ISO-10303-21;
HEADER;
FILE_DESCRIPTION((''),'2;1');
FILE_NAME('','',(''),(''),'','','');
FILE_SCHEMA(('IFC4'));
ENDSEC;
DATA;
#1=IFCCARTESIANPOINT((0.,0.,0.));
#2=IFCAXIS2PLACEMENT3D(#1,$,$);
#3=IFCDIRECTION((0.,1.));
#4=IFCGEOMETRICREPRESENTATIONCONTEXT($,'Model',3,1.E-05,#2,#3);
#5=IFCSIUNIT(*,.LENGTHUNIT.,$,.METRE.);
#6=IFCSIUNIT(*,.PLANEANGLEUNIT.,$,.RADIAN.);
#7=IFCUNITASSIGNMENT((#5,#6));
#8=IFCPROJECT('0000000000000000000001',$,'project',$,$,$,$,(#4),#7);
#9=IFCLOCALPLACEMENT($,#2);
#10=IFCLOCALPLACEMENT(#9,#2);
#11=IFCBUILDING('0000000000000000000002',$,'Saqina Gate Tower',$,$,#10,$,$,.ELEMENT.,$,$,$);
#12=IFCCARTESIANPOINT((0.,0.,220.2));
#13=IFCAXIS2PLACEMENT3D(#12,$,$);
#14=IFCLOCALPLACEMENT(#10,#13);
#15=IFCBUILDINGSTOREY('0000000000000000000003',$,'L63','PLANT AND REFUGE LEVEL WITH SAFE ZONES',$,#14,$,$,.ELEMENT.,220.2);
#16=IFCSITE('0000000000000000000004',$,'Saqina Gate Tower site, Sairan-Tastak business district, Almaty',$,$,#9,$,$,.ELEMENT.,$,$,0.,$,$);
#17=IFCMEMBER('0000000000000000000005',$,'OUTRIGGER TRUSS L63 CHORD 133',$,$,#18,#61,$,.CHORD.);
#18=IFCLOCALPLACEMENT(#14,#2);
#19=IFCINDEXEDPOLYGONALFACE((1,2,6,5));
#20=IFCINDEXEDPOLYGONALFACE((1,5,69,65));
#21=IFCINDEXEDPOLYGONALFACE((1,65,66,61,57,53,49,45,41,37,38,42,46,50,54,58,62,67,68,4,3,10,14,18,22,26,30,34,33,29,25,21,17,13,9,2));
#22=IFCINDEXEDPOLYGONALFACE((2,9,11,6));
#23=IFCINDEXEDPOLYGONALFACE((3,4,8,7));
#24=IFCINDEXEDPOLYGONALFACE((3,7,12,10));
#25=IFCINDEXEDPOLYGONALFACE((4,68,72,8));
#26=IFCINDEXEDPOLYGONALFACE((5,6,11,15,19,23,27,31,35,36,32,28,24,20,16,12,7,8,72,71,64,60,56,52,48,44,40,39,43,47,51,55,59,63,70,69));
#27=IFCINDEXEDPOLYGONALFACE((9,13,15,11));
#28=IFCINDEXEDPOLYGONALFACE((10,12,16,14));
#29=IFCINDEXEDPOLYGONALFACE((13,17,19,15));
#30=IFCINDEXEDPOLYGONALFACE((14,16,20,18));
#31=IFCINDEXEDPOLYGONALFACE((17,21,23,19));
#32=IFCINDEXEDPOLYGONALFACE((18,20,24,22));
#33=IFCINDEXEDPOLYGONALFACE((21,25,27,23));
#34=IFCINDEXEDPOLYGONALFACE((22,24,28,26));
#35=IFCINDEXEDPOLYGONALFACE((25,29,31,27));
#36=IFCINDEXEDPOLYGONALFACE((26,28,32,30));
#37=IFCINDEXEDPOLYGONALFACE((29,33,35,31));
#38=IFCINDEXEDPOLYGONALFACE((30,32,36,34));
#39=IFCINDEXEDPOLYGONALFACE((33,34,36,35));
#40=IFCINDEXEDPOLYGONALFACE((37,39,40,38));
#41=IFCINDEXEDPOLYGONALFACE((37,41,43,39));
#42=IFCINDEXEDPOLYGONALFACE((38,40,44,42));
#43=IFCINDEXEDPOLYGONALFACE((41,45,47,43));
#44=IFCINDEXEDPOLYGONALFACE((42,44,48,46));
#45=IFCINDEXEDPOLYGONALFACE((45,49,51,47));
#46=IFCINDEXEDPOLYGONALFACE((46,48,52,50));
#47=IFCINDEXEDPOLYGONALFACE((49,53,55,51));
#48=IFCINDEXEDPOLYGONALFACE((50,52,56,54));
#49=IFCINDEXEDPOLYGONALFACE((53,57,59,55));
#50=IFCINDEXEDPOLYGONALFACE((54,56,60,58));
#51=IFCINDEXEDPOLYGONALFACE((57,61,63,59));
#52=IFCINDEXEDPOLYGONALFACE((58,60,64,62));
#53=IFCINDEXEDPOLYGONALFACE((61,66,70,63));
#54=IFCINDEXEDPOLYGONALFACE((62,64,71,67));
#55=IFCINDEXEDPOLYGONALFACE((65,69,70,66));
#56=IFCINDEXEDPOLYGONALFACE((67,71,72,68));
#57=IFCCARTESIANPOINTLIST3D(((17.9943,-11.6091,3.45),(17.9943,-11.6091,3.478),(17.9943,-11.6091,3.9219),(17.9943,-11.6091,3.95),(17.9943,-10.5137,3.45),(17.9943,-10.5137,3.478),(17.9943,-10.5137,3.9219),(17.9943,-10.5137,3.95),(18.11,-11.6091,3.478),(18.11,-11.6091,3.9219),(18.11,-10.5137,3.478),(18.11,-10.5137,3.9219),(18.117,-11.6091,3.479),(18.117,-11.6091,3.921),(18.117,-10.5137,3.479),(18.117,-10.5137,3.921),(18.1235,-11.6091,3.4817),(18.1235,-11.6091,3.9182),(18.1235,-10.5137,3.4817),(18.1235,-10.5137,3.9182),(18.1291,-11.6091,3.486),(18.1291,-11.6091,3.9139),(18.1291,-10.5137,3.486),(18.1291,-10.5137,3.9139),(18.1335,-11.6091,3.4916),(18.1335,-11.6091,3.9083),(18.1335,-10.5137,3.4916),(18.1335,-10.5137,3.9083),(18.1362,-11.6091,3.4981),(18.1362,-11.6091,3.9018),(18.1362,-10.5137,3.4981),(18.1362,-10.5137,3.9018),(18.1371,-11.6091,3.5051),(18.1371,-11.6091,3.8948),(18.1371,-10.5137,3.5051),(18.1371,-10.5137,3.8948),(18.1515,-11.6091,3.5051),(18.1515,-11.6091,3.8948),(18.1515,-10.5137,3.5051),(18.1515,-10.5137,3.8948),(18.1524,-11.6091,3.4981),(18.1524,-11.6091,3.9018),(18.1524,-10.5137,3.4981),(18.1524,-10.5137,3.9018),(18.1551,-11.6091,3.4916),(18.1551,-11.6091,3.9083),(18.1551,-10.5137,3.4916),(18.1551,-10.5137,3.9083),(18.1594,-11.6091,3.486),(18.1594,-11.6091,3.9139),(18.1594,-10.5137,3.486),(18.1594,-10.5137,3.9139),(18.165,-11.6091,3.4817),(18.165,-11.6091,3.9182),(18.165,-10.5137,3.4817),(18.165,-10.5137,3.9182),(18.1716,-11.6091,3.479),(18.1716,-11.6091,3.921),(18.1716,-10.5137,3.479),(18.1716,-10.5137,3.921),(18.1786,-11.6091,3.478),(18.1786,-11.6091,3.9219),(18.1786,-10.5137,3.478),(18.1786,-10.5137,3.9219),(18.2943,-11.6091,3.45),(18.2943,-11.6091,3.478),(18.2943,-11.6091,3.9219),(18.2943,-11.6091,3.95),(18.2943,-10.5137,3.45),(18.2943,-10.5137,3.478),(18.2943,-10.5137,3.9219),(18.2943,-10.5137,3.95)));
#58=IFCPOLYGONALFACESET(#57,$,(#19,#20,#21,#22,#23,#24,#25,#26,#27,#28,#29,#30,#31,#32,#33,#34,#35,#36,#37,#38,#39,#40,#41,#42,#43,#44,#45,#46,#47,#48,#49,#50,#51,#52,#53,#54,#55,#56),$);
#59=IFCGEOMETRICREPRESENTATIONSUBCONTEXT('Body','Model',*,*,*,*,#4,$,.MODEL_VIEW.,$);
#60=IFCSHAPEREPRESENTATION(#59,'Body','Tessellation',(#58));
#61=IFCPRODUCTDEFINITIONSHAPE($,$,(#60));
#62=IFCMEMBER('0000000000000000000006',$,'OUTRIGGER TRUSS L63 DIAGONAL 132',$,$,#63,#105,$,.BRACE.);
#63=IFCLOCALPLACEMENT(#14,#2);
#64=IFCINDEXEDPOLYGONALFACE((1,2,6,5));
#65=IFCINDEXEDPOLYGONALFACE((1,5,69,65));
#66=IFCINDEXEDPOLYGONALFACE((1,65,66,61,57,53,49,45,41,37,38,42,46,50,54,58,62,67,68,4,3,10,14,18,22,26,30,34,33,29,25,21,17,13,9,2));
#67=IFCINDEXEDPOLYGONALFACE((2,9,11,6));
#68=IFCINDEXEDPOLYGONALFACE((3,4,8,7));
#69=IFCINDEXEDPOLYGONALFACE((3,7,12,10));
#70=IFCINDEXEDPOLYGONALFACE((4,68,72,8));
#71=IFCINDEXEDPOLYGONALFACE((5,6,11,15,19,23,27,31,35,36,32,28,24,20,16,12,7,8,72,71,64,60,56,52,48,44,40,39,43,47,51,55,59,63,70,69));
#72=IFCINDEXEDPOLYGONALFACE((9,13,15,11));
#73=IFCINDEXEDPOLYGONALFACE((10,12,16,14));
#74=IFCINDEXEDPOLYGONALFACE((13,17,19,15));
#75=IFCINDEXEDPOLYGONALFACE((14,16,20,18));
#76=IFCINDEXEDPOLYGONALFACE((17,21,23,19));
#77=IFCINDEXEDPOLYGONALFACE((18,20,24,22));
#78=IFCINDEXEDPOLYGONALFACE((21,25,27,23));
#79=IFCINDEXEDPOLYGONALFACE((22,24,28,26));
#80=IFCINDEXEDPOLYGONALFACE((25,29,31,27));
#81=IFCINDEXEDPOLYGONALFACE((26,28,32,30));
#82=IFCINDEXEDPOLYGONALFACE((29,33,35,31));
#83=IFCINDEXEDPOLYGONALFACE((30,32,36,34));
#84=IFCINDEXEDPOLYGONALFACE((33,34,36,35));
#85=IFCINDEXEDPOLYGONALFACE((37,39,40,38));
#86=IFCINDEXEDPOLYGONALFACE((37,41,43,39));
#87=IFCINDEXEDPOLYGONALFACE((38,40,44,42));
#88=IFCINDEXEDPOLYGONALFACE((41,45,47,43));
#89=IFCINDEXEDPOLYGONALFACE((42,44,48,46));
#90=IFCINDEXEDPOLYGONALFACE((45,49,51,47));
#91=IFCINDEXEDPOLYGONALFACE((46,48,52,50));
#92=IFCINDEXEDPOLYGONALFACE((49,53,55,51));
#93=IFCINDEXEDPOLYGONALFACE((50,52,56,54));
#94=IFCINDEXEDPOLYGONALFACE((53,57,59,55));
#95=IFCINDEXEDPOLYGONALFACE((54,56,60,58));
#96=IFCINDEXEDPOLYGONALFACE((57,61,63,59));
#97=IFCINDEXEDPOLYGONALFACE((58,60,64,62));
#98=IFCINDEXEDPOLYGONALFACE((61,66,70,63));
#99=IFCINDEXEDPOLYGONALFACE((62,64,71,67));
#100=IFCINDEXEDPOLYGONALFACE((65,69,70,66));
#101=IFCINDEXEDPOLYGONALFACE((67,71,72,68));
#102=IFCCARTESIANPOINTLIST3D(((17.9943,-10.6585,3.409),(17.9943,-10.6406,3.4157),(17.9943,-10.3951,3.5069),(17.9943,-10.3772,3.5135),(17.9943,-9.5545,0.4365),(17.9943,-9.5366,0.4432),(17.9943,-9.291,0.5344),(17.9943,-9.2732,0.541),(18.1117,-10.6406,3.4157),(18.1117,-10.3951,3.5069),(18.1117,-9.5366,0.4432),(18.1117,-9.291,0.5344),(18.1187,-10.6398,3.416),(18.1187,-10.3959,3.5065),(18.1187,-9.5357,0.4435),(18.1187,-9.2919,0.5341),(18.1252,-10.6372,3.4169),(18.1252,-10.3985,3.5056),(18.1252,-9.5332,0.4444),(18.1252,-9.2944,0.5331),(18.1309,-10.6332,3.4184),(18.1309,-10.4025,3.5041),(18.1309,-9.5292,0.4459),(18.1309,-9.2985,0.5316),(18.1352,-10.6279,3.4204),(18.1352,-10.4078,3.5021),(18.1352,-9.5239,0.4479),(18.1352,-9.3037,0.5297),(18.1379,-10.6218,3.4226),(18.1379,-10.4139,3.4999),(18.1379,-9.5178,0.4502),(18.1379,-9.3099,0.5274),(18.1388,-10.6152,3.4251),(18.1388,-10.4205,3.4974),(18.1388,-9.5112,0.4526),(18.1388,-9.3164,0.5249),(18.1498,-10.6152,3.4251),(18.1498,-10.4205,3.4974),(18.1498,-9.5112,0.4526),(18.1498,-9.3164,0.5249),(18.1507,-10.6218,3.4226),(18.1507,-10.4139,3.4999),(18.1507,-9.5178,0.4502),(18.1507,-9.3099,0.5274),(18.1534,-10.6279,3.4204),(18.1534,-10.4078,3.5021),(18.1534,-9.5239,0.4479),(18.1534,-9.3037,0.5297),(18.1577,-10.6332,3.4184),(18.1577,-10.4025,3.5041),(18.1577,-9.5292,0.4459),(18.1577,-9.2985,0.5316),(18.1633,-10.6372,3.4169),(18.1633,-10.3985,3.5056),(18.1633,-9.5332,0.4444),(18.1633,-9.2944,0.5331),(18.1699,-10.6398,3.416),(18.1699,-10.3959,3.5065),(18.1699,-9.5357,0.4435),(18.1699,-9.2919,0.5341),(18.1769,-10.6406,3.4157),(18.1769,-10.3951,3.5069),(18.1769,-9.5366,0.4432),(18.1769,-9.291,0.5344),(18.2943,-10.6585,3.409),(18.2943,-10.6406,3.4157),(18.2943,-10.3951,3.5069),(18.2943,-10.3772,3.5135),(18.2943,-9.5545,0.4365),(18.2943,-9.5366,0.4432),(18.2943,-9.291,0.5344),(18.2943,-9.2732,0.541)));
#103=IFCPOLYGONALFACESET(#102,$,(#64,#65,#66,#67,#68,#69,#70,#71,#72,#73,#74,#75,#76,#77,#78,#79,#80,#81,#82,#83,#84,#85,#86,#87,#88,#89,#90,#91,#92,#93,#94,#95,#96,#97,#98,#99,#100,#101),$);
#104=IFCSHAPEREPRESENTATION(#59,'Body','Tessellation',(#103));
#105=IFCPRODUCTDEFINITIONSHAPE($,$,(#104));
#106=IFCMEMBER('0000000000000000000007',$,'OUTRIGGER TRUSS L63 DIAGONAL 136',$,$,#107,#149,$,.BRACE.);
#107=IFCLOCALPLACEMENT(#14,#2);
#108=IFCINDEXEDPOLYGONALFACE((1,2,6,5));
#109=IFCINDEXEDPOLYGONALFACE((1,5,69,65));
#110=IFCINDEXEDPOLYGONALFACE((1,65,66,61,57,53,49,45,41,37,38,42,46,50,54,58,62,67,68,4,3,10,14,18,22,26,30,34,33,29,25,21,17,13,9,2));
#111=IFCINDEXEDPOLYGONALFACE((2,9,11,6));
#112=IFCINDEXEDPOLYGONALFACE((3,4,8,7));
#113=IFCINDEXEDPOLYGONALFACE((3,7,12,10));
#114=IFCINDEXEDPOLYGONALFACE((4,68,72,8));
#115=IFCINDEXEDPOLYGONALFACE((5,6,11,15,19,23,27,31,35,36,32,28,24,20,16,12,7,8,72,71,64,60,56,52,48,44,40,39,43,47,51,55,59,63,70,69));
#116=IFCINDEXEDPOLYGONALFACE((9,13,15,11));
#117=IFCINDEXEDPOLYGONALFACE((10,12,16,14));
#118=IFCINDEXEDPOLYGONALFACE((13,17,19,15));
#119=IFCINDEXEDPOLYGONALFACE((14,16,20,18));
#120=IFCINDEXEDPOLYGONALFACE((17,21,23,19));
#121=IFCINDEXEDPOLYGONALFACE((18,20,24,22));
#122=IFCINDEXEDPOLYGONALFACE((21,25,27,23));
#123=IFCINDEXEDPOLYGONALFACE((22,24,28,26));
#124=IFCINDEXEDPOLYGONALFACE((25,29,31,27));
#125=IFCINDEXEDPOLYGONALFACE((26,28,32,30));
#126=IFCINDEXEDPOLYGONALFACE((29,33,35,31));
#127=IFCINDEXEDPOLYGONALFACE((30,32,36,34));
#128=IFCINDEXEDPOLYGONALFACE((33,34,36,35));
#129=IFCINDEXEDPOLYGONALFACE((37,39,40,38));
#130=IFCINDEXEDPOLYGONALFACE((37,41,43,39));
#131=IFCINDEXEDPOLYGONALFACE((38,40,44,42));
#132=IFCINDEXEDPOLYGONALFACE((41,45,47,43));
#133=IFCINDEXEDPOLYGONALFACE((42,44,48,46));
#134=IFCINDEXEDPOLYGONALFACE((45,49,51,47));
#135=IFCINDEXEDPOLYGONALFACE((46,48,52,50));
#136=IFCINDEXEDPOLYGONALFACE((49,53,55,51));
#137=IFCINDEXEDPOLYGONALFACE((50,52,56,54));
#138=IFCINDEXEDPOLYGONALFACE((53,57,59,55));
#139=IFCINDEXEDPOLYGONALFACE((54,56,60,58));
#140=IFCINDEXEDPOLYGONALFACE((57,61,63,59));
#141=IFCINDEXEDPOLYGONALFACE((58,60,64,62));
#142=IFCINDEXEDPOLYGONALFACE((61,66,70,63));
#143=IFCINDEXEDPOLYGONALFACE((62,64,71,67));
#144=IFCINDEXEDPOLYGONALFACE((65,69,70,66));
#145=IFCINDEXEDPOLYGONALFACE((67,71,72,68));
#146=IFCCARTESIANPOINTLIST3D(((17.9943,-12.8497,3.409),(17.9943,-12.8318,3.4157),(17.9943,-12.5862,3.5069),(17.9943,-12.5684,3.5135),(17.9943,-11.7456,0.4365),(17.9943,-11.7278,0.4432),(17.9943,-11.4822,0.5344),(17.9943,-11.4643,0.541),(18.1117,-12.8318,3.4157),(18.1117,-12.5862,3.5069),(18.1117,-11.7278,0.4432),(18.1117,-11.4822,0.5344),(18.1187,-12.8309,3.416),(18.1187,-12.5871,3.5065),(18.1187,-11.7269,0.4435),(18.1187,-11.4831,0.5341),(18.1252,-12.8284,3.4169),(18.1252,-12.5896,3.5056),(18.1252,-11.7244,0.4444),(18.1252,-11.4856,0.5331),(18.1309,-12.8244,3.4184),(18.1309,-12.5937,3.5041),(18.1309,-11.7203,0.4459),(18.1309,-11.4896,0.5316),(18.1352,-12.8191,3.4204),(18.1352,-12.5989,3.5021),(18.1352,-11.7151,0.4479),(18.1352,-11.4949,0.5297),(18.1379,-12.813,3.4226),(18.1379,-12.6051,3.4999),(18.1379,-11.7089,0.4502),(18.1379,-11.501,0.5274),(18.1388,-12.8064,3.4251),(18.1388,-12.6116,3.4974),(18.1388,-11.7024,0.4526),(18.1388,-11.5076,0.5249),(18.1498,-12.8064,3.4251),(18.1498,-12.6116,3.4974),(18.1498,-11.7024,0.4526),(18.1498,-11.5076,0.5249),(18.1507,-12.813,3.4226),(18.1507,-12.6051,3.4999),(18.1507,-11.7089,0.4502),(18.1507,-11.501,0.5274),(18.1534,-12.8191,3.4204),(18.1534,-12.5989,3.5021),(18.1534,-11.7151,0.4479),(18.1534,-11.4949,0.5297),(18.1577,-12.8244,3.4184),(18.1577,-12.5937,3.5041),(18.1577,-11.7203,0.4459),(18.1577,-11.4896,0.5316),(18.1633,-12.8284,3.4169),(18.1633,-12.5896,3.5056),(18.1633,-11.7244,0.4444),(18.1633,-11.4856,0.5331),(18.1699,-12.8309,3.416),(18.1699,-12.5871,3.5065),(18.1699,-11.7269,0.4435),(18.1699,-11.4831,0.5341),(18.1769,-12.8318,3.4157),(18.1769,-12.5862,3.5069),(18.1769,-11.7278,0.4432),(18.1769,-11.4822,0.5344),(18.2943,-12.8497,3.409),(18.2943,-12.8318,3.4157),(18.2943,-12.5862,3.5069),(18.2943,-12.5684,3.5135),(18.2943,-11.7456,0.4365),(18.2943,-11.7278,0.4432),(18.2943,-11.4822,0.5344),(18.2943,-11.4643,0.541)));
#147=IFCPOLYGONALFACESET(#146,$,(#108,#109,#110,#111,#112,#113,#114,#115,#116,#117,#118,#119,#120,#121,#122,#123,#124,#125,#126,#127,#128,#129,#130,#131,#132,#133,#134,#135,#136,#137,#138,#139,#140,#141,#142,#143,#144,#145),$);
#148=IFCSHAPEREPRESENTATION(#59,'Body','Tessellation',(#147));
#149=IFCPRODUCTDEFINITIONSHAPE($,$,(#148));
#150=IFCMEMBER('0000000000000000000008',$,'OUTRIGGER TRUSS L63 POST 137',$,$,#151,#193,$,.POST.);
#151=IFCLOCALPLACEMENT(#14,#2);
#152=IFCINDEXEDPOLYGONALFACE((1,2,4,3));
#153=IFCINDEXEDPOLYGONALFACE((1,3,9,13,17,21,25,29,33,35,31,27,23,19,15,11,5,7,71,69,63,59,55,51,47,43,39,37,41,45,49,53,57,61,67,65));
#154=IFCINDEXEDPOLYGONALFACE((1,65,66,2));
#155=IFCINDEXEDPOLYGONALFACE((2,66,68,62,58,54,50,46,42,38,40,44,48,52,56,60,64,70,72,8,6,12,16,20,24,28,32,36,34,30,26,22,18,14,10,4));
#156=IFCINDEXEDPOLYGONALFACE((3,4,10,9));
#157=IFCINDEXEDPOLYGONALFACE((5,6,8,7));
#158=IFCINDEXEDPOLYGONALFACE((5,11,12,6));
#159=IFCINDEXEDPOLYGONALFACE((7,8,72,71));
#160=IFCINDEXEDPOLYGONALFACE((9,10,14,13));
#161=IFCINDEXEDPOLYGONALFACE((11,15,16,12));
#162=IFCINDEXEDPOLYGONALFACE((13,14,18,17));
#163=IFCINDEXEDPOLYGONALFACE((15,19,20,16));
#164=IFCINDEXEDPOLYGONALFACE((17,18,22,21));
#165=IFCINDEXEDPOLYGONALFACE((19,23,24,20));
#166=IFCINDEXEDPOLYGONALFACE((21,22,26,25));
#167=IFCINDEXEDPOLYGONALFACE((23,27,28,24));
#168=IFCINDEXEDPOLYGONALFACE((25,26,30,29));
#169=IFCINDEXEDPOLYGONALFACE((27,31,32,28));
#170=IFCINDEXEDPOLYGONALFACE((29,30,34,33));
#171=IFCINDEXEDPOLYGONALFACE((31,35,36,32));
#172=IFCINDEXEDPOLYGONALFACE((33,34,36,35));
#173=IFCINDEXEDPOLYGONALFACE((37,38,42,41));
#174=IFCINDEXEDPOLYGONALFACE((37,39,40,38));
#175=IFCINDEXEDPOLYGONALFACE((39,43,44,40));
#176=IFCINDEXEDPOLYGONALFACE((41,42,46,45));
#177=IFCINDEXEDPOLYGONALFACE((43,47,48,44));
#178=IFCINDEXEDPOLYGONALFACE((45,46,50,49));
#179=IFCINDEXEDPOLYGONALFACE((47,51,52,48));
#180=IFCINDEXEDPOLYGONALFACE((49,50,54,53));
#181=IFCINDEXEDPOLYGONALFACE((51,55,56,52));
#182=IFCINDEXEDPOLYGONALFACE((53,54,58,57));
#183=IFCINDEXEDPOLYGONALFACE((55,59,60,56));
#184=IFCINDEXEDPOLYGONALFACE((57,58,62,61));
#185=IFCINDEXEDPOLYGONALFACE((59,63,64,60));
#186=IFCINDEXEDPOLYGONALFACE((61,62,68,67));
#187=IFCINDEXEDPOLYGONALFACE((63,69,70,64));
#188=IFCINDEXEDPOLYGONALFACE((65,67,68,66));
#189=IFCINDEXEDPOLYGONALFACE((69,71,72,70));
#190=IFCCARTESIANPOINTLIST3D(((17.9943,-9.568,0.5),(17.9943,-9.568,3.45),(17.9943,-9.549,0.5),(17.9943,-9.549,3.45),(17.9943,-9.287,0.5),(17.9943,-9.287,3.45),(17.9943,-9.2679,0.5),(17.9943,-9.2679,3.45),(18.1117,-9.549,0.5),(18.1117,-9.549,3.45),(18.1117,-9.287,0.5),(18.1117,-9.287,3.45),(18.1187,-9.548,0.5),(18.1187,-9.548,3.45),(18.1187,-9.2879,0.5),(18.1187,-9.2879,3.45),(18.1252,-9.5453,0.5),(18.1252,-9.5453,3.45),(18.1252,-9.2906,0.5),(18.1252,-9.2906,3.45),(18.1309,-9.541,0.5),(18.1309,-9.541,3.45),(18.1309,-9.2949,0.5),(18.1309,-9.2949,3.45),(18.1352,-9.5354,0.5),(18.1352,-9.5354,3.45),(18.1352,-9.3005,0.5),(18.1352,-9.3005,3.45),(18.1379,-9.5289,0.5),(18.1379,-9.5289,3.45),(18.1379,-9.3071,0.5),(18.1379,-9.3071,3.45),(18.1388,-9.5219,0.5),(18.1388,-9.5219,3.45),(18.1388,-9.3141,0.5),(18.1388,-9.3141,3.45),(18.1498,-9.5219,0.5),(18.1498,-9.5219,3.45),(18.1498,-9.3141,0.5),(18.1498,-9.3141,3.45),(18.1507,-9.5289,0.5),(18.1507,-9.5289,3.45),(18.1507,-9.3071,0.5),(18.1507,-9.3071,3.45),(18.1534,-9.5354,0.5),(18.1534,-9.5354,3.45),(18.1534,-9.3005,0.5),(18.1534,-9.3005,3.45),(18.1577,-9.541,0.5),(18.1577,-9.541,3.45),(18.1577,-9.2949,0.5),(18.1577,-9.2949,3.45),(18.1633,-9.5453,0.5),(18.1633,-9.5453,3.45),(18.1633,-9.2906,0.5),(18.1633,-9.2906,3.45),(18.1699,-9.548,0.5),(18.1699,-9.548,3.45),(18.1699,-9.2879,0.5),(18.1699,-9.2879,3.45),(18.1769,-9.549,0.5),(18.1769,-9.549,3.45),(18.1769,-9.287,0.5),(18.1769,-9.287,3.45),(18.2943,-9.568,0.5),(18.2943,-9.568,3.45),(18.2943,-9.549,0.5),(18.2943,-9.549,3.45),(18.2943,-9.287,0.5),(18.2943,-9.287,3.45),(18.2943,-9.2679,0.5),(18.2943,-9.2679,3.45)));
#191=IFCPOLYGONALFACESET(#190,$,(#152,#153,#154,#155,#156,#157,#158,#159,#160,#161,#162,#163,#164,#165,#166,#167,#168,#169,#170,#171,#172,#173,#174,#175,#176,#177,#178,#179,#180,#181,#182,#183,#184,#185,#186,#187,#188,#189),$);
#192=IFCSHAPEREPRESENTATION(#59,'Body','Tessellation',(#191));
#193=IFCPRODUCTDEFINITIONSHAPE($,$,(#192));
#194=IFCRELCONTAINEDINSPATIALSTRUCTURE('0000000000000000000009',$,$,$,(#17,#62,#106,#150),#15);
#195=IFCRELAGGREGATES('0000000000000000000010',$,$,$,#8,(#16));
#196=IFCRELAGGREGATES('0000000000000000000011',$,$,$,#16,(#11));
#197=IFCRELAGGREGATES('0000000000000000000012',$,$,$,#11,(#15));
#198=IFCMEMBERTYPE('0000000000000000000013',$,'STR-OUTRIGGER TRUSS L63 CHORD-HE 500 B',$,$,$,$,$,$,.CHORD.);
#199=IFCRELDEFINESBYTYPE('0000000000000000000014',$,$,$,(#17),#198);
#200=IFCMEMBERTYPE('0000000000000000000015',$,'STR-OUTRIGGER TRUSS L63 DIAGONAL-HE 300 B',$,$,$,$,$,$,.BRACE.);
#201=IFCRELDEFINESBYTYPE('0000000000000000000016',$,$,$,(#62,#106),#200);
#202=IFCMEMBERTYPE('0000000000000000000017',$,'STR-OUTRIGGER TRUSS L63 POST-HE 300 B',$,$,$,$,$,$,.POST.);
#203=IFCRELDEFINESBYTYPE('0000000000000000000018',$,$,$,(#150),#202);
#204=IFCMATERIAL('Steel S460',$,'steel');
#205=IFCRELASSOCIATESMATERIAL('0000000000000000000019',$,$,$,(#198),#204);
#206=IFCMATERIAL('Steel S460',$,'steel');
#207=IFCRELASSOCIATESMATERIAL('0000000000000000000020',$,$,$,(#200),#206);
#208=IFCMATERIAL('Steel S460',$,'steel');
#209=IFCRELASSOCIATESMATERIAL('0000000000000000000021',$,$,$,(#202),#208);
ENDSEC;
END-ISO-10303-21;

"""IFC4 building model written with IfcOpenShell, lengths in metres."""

from ifc_helpers import new_model, si_unit, direction, frame, origin, origin_2d, place, context, subcontext, project, spatial, i_section, extrude, material, material_profile, profile_set, type_object, element, save


model = new_model("IFC4")

# Units and contexts
model_context = context("Model", 3, precision=1e-05, world=origin(), true_north=direction((0.0, 1.0)))
body_context = subcontext(model_context, "Body", "Model", "MODEL_VIEW")
ifc_project = project(units=[si_unit("LENGTHUNIT", "METRE"), si_unit("PLANEANGLEUNIT", "RADIAN")], contexts=[model_context])

# Site, building, storey
site_placement = place(None, origin())
site = spatial("IfcSite", under=ifc_project, at=site_placement, Name="Saqina Gate Tower site, Sairan-Tastak business district, Almaty", CompositionType="ELEMENT", RefElevation=0.0)
building_placement = place(site_placement, origin())
building = spatial("IfcBuilding", under=site, at=building_placement, Name="Saqina Gate Tower", CompositionType="ELEMENT")
storey_placement = place(building_placement, frame((0.0, 0.0, 220.2)))
storey = spatial("IfcBuildingStorey", under=building, at=storey_placement, Name="L63", Description="PLANT AND REFUGE LEVEL WITH SAFE ZONES", CompositionType="ELEMENT", Elevation=220.2)

# Members
ifc_material_1 = material(Name="Steel S460", Category="steel")
ifc_material_profile_1 = material_profile(ifc_material_1, i_section(OverallWidth=0.3, OverallDepth=0.5, WebThickness=0.0144, FlangeThickness=0.0281, FilletRadius=0.0271, at=origin_2d()), Name="HE 500 B")
ifc_profile_set_1 = profile_set([ifc_material_profile_1], Name="Steel S460")
member_type_1 = type_object("IfcMemberType", Name="STR-OUTRIGGER TRUSS L63 CHORD-HE 500 B", PredefinedType="CHORD", material=ifc_profile_set_1)
member_1_placement = place(storey_placement, frame((18.1443, -10.5137, 3.7), z_axis=(0.0, -1.0, 0.0), x_axis=(1.0, 0.0, 0.0)))
element("IfcMember", 1, at=member_1_placement, inside=storey, type_object=member_type_1, Name="OUTRIGGER TRUSS L63 CHORD 133", PredefinedType="CHORD", context=body_context, shape_type="SweptSolid", body=[
    extrude(i_section(OverallWidth=0.3, OverallDepth=0.5, WebThickness=0.0144, FlangeThickness=0.0281, FilletRadius=0.0271, at=origin_2d()), origin(), (0.0, 0.0, 1.0), 1.0955),
])
ifc_material_2 = material(Name="Steel S460", Category="steel")
ifc_material_profile_2 = material_profile(ifc_material_2, i_section(OverallWidth=0.3, OverallDepth=0.3, WebThickness=0.011, FlangeThickness=0.019, FilletRadius=0.0271, at=origin_2d()), Name="HE 300 B")
ifc_profile_set_2 = profile_set([ifc_material_profile_2], Name="Steel S460")
member_type_2 = type_object("IfcMemberType", Name="STR-OUTRIGGER TRUSS L63 DIAGONAL-HE 300 B", PredefinedType="BRACE", material=ifc_profile_set_2)
for number, where, z_axis, x_axis, name in (
    (2, (18.1443, -9.4138, 0.4888), (0.0, -0.348177, 0.937429), (1.0, 0.0, 0.0), "OUTRIGGER TRUSS L63 DIAGONAL 132"),
    (3, (18.1443, -11.605, 0.4888), (0.0, -0.348177, 0.937429), (1.0, 0.0, 0.0), "OUTRIGGER TRUSS L63 DIAGONAL 136"),
):
    element("IfcMember", number, at=place(storey_placement, frame(where, z_axis=z_axis, x_axis=x_axis)), inside=storey, type_object=member_type_2, Name=name, PredefinedType="BRACE", context=body_context, shape_type="SweptSolid", body=[
        extrude(i_section(OverallWidth=0.3, OverallDepth=0.3, WebThickness=0.011, FlangeThickness=0.019, FilletRadius=0.0271, at=origin_2d()), origin(), (0.0, 0.0, 1.0), 3.1709),
    ])
ifc_material_3 = material(Name="Steel S460", Category="steel")
ifc_material_profile_3 = material_profile(ifc_material_3, i_section(OverallWidth=0.3, OverallDepth=0.3, WebThickness=0.011, FlangeThickness=0.019, FilletRadius=0.0271, at=origin_2d()), Name="HE 300 B")
ifc_profile_set_3 = profile_set([ifc_material_profile_3], Name="Steel S460")
member_type_3 = type_object("IfcMemberType", Name="STR-OUTRIGGER TRUSS L63 POST-HE 300 B", PredefinedType="POST", material=ifc_profile_set_3)
for number, where, z_axis, x_axis, name in (
    (4, (18.1443, -9.418, 0.5), (0.0, 0.0, 1.0), (1.0, 0.0, 0.0), "OUTRIGGER TRUSS L63 POST 137"),
):
    element("IfcMember", number, at=place(storey_placement, frame(where, z_axis=z_axis, x_axis=x_axis)), inside=storey, type_object=member_type_3, Name=name, PredefinedType="POST", context=body_context, shape_type="SweptSolid", body=[
        extrude(i_section(OverallWidth=0.3, OverallDepth=0.3, WebThickness=0.011, FlangeThickness=0.019, FilletRadius=0.0271, at=origin_2d()), origin(), (0.0, 0.0, 1.0), 2.95),
    ])

save(model, "model.ifc")
